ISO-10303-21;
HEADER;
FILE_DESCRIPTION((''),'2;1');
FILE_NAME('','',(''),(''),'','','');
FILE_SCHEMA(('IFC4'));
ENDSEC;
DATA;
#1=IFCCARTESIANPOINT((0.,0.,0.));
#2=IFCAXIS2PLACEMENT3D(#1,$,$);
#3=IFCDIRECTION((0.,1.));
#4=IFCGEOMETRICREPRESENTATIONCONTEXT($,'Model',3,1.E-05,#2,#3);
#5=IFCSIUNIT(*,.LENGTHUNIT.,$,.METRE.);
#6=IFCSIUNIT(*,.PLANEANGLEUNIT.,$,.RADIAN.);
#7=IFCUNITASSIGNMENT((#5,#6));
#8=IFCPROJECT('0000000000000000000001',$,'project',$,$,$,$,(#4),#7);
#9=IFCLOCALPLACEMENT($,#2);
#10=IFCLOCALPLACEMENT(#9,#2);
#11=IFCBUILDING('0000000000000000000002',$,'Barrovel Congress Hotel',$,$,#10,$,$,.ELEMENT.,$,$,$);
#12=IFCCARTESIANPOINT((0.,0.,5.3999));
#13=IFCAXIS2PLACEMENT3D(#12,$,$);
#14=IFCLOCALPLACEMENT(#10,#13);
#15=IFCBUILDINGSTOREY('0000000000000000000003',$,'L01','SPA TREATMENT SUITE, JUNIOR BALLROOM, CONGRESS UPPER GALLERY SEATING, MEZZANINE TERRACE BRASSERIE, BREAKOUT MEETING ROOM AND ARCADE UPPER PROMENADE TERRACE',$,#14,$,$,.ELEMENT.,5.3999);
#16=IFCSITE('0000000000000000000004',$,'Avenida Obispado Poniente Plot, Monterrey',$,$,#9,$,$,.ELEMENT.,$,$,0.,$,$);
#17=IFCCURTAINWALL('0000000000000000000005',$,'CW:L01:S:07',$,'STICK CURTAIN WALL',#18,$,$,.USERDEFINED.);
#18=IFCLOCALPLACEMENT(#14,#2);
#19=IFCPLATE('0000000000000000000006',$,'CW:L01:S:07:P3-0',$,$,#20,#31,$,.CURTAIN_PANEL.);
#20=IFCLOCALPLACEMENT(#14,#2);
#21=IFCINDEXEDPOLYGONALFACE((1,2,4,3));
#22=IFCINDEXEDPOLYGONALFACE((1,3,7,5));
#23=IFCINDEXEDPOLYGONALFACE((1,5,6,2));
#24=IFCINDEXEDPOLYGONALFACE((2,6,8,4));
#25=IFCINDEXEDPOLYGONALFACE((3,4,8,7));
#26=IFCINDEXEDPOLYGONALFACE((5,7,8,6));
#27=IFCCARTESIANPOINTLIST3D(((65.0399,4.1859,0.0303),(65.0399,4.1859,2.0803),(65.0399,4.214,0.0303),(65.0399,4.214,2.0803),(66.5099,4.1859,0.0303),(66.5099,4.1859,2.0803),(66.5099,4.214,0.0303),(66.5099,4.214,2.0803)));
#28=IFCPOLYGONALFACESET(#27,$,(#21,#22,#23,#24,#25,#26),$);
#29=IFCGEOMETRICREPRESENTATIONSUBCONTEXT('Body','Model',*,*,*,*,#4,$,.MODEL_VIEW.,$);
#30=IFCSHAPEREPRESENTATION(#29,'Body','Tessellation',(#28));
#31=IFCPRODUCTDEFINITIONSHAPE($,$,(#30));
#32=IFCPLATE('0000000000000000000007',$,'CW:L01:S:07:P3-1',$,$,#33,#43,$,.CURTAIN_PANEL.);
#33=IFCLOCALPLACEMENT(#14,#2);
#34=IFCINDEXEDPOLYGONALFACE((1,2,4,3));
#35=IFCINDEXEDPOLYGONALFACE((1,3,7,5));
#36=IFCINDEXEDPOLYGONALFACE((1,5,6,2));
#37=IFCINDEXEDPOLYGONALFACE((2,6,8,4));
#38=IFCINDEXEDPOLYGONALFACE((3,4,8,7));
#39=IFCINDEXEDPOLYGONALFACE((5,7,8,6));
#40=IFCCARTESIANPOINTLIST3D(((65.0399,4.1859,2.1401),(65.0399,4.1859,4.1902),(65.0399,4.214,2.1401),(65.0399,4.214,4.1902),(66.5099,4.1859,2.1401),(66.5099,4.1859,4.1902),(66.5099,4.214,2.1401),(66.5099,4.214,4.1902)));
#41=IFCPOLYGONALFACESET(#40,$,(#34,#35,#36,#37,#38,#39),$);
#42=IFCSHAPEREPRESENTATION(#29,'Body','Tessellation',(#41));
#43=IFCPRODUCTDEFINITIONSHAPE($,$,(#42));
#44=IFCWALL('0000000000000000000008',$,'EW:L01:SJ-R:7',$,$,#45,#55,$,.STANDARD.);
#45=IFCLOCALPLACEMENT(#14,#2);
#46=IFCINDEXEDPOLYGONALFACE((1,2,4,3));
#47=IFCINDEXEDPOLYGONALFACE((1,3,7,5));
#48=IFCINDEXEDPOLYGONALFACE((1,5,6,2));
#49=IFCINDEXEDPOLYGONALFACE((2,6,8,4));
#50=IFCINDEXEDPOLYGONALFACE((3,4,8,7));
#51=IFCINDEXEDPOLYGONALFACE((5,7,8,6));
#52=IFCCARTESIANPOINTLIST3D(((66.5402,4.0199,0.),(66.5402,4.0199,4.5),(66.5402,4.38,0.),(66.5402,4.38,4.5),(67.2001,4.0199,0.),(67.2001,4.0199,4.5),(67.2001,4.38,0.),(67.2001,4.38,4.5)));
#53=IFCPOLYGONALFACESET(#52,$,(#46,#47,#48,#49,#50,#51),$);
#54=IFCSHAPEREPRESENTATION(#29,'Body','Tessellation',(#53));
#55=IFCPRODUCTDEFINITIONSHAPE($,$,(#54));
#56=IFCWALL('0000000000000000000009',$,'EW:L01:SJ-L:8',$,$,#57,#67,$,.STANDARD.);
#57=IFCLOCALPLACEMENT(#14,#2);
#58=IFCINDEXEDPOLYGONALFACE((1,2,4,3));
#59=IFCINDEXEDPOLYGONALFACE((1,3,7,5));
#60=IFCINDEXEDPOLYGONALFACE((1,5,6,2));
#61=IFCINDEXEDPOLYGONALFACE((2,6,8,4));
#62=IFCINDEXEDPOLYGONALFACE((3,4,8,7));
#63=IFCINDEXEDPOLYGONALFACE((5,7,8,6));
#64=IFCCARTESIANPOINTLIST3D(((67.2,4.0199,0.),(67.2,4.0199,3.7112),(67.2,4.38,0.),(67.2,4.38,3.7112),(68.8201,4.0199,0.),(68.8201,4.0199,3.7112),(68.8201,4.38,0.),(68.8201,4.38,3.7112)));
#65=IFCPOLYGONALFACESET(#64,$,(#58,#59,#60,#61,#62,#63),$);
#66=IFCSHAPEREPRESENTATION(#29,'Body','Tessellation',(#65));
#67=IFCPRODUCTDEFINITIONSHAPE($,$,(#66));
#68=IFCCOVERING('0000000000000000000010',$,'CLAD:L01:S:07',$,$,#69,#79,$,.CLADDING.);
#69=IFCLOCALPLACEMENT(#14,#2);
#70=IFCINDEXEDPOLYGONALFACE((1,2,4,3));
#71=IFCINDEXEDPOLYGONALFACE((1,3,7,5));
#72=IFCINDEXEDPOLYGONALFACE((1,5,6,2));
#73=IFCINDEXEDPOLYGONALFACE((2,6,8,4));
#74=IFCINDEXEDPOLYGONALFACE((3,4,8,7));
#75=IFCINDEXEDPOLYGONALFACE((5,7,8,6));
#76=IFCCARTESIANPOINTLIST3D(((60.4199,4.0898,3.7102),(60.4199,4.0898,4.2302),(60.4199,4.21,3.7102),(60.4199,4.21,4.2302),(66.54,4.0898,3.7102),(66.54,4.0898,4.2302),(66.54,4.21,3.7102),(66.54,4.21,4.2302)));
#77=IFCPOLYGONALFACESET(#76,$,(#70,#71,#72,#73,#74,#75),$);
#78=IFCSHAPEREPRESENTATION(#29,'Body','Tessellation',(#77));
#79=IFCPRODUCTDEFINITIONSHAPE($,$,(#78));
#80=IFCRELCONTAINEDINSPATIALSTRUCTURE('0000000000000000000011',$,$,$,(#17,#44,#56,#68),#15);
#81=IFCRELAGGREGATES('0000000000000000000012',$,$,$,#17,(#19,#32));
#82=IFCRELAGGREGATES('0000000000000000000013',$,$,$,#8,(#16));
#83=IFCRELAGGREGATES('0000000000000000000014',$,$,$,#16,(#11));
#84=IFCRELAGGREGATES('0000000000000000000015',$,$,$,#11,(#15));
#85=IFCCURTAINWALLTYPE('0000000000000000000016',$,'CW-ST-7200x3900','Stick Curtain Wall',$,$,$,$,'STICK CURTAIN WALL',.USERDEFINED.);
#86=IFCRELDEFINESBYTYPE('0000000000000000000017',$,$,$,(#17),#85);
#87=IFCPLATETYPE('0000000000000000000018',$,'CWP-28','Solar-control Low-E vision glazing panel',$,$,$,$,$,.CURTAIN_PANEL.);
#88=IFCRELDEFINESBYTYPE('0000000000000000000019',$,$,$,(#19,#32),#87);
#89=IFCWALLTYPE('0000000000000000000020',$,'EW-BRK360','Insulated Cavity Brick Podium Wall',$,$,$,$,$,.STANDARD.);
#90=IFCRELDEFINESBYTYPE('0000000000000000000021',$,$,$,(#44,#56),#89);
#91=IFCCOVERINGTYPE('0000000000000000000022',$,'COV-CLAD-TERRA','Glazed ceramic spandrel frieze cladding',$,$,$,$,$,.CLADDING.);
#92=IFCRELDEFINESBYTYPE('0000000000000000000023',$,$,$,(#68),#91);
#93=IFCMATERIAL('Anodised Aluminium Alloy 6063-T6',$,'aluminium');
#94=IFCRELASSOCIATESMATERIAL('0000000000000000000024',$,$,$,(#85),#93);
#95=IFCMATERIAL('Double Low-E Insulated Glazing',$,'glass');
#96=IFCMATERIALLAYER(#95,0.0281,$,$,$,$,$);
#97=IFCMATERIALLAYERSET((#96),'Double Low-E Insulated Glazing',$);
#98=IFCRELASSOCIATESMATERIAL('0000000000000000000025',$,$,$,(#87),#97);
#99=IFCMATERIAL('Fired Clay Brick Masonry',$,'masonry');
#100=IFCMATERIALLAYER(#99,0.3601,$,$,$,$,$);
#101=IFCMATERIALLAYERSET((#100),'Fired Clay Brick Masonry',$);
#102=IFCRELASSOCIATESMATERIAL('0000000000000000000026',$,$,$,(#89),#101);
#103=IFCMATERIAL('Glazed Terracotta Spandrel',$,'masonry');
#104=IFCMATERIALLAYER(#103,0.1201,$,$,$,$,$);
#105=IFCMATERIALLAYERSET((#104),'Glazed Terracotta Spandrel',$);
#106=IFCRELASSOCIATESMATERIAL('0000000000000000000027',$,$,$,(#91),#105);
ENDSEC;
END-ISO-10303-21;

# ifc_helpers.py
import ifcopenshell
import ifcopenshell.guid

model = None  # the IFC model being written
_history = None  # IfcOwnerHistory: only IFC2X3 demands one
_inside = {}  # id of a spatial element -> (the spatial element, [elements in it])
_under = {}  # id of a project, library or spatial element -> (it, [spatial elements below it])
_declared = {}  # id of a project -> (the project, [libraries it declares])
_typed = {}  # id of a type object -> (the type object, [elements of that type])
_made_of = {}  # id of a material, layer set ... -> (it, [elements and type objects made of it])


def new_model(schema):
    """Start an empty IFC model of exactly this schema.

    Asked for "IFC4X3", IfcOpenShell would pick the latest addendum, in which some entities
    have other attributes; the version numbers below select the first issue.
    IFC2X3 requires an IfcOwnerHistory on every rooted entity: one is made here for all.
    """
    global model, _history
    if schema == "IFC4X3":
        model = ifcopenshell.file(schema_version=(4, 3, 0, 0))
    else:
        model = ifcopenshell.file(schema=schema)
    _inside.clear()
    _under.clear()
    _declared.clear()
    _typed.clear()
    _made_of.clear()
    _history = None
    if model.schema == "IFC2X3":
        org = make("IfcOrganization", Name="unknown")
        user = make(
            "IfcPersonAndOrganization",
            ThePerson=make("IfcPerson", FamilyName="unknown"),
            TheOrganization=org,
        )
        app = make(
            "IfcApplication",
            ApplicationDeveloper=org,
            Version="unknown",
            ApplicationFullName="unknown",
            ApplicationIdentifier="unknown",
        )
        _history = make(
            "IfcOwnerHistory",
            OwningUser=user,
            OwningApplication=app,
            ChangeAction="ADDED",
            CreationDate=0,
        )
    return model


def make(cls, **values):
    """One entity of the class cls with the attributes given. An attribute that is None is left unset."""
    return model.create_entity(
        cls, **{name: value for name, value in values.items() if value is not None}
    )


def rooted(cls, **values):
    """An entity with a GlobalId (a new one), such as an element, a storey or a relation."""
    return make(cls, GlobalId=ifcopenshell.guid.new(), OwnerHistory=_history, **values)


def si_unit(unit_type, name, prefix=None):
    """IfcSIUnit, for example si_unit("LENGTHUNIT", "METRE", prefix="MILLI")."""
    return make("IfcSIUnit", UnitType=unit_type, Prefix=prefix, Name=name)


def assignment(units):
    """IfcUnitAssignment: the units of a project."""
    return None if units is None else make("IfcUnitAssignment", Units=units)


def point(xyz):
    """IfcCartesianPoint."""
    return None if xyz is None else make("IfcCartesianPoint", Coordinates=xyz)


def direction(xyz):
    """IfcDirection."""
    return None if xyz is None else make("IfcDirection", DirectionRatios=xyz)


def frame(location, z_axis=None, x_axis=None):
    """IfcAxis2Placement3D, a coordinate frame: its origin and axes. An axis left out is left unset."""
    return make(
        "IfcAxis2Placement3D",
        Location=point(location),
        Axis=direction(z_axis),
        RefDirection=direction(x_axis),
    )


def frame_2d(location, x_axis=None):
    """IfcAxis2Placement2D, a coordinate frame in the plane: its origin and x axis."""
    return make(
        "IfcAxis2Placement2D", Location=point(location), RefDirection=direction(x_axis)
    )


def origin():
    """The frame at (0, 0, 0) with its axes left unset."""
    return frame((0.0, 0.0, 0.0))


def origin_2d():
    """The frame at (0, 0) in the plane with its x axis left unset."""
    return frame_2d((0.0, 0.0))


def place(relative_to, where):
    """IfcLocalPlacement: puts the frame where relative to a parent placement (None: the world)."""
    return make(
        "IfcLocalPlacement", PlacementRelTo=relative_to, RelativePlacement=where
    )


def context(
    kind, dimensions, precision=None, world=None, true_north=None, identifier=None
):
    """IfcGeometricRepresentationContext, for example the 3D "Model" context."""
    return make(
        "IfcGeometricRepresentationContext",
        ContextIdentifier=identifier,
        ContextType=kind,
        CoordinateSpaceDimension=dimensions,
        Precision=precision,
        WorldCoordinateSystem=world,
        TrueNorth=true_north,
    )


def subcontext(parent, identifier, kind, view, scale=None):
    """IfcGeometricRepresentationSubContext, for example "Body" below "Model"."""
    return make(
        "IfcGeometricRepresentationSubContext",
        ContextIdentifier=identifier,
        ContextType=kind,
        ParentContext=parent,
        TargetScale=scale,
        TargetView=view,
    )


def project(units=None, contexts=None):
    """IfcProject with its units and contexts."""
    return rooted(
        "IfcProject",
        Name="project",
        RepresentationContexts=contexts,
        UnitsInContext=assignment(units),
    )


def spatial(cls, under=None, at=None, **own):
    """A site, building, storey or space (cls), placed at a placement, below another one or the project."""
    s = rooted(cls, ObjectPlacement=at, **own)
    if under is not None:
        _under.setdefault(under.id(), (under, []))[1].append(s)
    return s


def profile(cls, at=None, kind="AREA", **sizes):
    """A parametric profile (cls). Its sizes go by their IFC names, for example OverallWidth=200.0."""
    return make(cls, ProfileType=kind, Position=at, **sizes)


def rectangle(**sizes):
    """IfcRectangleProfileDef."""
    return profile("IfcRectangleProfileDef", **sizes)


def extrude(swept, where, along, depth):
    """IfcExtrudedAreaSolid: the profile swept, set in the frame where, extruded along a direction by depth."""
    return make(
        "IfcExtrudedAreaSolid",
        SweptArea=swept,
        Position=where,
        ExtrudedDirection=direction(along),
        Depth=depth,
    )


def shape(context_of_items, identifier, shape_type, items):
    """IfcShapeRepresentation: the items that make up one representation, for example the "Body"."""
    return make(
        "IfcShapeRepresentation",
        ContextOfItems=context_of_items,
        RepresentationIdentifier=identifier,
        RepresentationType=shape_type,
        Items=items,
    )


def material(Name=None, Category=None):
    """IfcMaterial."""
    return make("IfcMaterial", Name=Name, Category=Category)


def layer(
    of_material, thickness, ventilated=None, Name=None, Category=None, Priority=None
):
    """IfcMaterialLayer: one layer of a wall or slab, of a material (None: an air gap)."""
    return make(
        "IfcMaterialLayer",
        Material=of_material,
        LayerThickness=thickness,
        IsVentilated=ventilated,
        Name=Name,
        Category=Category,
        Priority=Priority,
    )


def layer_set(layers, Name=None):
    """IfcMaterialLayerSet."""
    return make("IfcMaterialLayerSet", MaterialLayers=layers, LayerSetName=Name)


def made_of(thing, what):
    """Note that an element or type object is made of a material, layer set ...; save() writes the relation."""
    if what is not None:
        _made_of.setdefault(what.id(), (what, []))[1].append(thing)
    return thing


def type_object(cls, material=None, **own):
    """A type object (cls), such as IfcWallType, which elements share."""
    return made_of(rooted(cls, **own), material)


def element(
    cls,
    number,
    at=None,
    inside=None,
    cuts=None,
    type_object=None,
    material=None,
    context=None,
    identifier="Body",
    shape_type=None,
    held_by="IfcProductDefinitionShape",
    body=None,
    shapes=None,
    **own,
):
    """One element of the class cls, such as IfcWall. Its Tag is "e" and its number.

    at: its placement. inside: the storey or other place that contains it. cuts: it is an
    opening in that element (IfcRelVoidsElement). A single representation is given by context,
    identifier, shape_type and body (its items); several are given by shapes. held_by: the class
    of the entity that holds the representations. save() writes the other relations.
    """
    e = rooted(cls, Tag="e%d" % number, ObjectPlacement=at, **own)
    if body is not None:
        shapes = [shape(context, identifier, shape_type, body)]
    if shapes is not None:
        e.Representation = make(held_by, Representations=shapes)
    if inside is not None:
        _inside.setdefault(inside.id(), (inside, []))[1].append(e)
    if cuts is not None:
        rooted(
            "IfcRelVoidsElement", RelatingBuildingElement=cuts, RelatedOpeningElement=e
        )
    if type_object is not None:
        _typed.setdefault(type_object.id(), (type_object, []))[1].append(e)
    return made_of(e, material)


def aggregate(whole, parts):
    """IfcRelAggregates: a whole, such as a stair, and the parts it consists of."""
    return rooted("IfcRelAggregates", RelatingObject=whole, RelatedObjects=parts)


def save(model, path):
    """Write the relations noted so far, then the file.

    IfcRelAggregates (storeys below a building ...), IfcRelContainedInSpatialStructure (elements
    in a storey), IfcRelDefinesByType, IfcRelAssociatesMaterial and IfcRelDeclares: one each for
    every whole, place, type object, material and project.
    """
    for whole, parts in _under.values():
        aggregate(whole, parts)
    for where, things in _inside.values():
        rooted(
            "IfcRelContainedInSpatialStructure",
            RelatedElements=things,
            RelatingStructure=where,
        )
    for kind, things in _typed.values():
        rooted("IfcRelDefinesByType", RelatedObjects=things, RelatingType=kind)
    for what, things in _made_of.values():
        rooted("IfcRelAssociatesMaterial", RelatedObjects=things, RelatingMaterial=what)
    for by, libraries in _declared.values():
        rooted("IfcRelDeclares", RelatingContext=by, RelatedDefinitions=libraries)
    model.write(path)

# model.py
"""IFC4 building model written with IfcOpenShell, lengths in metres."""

from ifc_helpers import new_model, si_unit, direction, frame, frame_2d, origin, origin_2d, place, context, subcontext, project, spatial, rectangle, extrude, material, layer, layer_set, type_object, element, aggregate, save


model = new_model("IFC4")

# Units and contexts
model_context = context("Model", 3, precision=1e-05, world=origin(), true_north=direction((0.0, 1.0)))
body_context = subcontext(model_context, "Body", "Model", "MODEL_VIEW")
ifc_project = project(units=[si_unit("LENGTHUNIT", "METRE"), si_unit("PLANEANGLEUNIT", "RADIAN")], contexts=[model_context])

# Site, building, storey
site_placement = place(None, origin())
site = spatial("IfcSite", under=ifc_project, at=site_placement, Name="Avenida Obispado Poniente Plot, Monterrey", CompositionType="ELEMENT", RefElevation=0.0)
building_placement = place(site_placement, origin())
building = spatial("IfcBuilding", under=site, at=building_placement, Name="Barrovel Congress Hotel", CompositionType="ELEMENT")
storey_placement = place(building_placement, frame((0.0, 0.0, 5.3999)))
storey = spatial("IfcBuildingStorey", under=building, at=storey_placement, Name="L01", Description="SPA TREATMENT SUITE, JUNIOR BALLROOM, CONGRESS UPPER GALLERY SEATING, MEZZANINE TERRACE BRASSERIE, BREAKOUT MEETING ROOM AND ARCADE UPPER PROMENADE TERRACE", CompositionType="ELEMENT", Elevation=5.3999)

# Curtain wall
ifc_material_1 = material(Name="Anodised Aluminium Alloy 6063-T6", Category="aluminium")
curtain_wall_type = type_object("IfcCurtainWallType", Name="CW-ST-7200x3900", Description="Stick Curtain Wall", ElementType="STICK CURTAIN WALL", PredefinedType="USERDEFINED", material=ifc_material_1)
curtain_wall_1_placement = place(storey_placement, origin())
curtain_wall_1 = element("IfcCurtainWall", 1, at=curtain_wall_1_placement, inside=storey, type_object=curtain_wall_type, Name="CW:L01:S:07", ObjectType="STICK CURTAIN WALL", PredefinedType="USERDEFINED")

# Plates
ifc_material_2 = material(Name="Double Low-E Insulated Glazing", Category="glass")
ifc_layer_1 = layer(ifc_material_2, 0.0281)
ifc_layer_set_1 = layer_set([ifc_layer_1], Name="Double Low-E Insulated Glazing")
plate_type = type_object("IfcPlateType", Name="CWP-28", Description="Solar-control Low-E vision glazing panel", PredefinedType="CURTAIN_PANEL", material=ifc_layer_set_1)
plate_1_placement = place(storey_placement, frame((65.7749, 4.2, 0.0303), z_axis=(0.0, 0.0, 1.0), x_axis=(1.0, 0.0, 0.0)))
plate_1 = element("IfcPlate", 2, at=plate_1_placement, type_object=plate_type, Name="CW:L01:S:07:P3-0", PredefinedType="CURTAIN_PANEL", context=body_context, shape_type="SweptSolid", body=[
    extrude(rectangle(XDim=1.47, YDim=0.0281, at=origin_2d()), origin(), (0.0, 0.0, 1.0), 2.05),
])
plate_2_placement = place(storey_placement, frame((65.7749, 4.2, 2.1401), z_axis=(0.0, 0.0, 1.0), x_axis=(1.0, 0.0, 0.0)))
plate_2 = element("IfcPlate", 3, at=plate_2_placement, type_object=plate_type, Name="CW:L01:S:07:P3-1", PredefinedType="CURTAIN_PANEL", context=body_context, shape_type="SweptSolid", body=[
    extrude(rectangle(XDim=1.47, YDim=0.0281, at=origin_2d()), origin(), (0.0, 0.0, 1.0), 2.05),
])
aggregate(curtain_wall_1, [plate_1, plate_2])

# Walls
ifc_material_3 = material(Name="Fired Clay Brick Masonry", Category="masonry")
ifc_layer_2 = layer(ifc_material_3, 0.3601)
ifc_layer_set_2 = layer_set([ifc_layer_2], Name="Fired Clay Brick Masonry")
wall_type = type_object("IfcWallType", Name="EW-BRK360", Description="Insulated Cavity Brick Podium Wall", PredefinedType="STANDARD", material=ifc_layer_set_2)
wall_1_placement = place(storey_placement, frame((66.54, 4.2, 0.0), z_axis=(0.0, 0.0, 1.0), x_axis=(1.0, 0.0, 0.0)))
element("IfcWall", 4, at=wall_1_placement, inside=storey, type_object=wall_type, Name="EW:L01:SJ-R:7", PredefinedType="STANDARD", context=body_context, shape_type="SweptSolid", body=[
    extrude(rectangle(XDim=0.6599, YDim=0.3601, at=frame_2d((0.3301, 0.0))), origin(), (0.0, 0.0, 1.0), 4.5),
])
wall_2_placement = place(storey_placement, frame((67.2, 4.2, 0.0), z_axis=(0.0, 0.0, 1.0), x_axis=(1.0, 0.0, 0.0)))
element("IfcWall", 5, at=wall_2_placement, inside=storey, type_object=wall_type, Name="EW:L01:SJ-L:8", PredefinedType="STANDARD", context=body_context, shape_type="SweptSolid", body=[
    extrude(rectangle(XDim=1.6201, YDim=0.3601, at=frame_2d((0.8101, 0.0))), origin(), (0.0, 0.0, 1.0), 3.7112),
])

# Covering
ifc_material_4 = material(Name="Glazed Terracotta Spandrel", Category="masonry")
ifc_layer_3 = layer(ifc_material_4, 0.1201)
ifc_layer_set_3 = layer_set([ifc_layer_3], Name="Glazed Terracotta Spandrel")
covering_type = type_object("IfcCoveringType", Name="COV-CLAD-TERRA", Description="Glazed ceramic spandrel frieze cladding", PredefinedType="CLADDING", material=ifc_layer_set_3)
covering_placement = place(storey_placement, frame((63.48, 4.1499, 3.7102), z_axis=(0.0, 0.0, 1.0), x_axis=(1.0, 0.0, 0.0)))
element("IfcCovering", 6, at=covering_placement, inside=storey, type_object=covering_type, Name="CLAD:L01:S:07", PredefinedType="CLADDING", context=body_context, shape_type="SweptSolid", body=[
    extrude(rectangle(XDim=6.1201, YDim=0.1201, at=origin_2d()), origin(), (0.0, 0.0, 1.0), 0.52),
])

save(model, "model.ifc")
